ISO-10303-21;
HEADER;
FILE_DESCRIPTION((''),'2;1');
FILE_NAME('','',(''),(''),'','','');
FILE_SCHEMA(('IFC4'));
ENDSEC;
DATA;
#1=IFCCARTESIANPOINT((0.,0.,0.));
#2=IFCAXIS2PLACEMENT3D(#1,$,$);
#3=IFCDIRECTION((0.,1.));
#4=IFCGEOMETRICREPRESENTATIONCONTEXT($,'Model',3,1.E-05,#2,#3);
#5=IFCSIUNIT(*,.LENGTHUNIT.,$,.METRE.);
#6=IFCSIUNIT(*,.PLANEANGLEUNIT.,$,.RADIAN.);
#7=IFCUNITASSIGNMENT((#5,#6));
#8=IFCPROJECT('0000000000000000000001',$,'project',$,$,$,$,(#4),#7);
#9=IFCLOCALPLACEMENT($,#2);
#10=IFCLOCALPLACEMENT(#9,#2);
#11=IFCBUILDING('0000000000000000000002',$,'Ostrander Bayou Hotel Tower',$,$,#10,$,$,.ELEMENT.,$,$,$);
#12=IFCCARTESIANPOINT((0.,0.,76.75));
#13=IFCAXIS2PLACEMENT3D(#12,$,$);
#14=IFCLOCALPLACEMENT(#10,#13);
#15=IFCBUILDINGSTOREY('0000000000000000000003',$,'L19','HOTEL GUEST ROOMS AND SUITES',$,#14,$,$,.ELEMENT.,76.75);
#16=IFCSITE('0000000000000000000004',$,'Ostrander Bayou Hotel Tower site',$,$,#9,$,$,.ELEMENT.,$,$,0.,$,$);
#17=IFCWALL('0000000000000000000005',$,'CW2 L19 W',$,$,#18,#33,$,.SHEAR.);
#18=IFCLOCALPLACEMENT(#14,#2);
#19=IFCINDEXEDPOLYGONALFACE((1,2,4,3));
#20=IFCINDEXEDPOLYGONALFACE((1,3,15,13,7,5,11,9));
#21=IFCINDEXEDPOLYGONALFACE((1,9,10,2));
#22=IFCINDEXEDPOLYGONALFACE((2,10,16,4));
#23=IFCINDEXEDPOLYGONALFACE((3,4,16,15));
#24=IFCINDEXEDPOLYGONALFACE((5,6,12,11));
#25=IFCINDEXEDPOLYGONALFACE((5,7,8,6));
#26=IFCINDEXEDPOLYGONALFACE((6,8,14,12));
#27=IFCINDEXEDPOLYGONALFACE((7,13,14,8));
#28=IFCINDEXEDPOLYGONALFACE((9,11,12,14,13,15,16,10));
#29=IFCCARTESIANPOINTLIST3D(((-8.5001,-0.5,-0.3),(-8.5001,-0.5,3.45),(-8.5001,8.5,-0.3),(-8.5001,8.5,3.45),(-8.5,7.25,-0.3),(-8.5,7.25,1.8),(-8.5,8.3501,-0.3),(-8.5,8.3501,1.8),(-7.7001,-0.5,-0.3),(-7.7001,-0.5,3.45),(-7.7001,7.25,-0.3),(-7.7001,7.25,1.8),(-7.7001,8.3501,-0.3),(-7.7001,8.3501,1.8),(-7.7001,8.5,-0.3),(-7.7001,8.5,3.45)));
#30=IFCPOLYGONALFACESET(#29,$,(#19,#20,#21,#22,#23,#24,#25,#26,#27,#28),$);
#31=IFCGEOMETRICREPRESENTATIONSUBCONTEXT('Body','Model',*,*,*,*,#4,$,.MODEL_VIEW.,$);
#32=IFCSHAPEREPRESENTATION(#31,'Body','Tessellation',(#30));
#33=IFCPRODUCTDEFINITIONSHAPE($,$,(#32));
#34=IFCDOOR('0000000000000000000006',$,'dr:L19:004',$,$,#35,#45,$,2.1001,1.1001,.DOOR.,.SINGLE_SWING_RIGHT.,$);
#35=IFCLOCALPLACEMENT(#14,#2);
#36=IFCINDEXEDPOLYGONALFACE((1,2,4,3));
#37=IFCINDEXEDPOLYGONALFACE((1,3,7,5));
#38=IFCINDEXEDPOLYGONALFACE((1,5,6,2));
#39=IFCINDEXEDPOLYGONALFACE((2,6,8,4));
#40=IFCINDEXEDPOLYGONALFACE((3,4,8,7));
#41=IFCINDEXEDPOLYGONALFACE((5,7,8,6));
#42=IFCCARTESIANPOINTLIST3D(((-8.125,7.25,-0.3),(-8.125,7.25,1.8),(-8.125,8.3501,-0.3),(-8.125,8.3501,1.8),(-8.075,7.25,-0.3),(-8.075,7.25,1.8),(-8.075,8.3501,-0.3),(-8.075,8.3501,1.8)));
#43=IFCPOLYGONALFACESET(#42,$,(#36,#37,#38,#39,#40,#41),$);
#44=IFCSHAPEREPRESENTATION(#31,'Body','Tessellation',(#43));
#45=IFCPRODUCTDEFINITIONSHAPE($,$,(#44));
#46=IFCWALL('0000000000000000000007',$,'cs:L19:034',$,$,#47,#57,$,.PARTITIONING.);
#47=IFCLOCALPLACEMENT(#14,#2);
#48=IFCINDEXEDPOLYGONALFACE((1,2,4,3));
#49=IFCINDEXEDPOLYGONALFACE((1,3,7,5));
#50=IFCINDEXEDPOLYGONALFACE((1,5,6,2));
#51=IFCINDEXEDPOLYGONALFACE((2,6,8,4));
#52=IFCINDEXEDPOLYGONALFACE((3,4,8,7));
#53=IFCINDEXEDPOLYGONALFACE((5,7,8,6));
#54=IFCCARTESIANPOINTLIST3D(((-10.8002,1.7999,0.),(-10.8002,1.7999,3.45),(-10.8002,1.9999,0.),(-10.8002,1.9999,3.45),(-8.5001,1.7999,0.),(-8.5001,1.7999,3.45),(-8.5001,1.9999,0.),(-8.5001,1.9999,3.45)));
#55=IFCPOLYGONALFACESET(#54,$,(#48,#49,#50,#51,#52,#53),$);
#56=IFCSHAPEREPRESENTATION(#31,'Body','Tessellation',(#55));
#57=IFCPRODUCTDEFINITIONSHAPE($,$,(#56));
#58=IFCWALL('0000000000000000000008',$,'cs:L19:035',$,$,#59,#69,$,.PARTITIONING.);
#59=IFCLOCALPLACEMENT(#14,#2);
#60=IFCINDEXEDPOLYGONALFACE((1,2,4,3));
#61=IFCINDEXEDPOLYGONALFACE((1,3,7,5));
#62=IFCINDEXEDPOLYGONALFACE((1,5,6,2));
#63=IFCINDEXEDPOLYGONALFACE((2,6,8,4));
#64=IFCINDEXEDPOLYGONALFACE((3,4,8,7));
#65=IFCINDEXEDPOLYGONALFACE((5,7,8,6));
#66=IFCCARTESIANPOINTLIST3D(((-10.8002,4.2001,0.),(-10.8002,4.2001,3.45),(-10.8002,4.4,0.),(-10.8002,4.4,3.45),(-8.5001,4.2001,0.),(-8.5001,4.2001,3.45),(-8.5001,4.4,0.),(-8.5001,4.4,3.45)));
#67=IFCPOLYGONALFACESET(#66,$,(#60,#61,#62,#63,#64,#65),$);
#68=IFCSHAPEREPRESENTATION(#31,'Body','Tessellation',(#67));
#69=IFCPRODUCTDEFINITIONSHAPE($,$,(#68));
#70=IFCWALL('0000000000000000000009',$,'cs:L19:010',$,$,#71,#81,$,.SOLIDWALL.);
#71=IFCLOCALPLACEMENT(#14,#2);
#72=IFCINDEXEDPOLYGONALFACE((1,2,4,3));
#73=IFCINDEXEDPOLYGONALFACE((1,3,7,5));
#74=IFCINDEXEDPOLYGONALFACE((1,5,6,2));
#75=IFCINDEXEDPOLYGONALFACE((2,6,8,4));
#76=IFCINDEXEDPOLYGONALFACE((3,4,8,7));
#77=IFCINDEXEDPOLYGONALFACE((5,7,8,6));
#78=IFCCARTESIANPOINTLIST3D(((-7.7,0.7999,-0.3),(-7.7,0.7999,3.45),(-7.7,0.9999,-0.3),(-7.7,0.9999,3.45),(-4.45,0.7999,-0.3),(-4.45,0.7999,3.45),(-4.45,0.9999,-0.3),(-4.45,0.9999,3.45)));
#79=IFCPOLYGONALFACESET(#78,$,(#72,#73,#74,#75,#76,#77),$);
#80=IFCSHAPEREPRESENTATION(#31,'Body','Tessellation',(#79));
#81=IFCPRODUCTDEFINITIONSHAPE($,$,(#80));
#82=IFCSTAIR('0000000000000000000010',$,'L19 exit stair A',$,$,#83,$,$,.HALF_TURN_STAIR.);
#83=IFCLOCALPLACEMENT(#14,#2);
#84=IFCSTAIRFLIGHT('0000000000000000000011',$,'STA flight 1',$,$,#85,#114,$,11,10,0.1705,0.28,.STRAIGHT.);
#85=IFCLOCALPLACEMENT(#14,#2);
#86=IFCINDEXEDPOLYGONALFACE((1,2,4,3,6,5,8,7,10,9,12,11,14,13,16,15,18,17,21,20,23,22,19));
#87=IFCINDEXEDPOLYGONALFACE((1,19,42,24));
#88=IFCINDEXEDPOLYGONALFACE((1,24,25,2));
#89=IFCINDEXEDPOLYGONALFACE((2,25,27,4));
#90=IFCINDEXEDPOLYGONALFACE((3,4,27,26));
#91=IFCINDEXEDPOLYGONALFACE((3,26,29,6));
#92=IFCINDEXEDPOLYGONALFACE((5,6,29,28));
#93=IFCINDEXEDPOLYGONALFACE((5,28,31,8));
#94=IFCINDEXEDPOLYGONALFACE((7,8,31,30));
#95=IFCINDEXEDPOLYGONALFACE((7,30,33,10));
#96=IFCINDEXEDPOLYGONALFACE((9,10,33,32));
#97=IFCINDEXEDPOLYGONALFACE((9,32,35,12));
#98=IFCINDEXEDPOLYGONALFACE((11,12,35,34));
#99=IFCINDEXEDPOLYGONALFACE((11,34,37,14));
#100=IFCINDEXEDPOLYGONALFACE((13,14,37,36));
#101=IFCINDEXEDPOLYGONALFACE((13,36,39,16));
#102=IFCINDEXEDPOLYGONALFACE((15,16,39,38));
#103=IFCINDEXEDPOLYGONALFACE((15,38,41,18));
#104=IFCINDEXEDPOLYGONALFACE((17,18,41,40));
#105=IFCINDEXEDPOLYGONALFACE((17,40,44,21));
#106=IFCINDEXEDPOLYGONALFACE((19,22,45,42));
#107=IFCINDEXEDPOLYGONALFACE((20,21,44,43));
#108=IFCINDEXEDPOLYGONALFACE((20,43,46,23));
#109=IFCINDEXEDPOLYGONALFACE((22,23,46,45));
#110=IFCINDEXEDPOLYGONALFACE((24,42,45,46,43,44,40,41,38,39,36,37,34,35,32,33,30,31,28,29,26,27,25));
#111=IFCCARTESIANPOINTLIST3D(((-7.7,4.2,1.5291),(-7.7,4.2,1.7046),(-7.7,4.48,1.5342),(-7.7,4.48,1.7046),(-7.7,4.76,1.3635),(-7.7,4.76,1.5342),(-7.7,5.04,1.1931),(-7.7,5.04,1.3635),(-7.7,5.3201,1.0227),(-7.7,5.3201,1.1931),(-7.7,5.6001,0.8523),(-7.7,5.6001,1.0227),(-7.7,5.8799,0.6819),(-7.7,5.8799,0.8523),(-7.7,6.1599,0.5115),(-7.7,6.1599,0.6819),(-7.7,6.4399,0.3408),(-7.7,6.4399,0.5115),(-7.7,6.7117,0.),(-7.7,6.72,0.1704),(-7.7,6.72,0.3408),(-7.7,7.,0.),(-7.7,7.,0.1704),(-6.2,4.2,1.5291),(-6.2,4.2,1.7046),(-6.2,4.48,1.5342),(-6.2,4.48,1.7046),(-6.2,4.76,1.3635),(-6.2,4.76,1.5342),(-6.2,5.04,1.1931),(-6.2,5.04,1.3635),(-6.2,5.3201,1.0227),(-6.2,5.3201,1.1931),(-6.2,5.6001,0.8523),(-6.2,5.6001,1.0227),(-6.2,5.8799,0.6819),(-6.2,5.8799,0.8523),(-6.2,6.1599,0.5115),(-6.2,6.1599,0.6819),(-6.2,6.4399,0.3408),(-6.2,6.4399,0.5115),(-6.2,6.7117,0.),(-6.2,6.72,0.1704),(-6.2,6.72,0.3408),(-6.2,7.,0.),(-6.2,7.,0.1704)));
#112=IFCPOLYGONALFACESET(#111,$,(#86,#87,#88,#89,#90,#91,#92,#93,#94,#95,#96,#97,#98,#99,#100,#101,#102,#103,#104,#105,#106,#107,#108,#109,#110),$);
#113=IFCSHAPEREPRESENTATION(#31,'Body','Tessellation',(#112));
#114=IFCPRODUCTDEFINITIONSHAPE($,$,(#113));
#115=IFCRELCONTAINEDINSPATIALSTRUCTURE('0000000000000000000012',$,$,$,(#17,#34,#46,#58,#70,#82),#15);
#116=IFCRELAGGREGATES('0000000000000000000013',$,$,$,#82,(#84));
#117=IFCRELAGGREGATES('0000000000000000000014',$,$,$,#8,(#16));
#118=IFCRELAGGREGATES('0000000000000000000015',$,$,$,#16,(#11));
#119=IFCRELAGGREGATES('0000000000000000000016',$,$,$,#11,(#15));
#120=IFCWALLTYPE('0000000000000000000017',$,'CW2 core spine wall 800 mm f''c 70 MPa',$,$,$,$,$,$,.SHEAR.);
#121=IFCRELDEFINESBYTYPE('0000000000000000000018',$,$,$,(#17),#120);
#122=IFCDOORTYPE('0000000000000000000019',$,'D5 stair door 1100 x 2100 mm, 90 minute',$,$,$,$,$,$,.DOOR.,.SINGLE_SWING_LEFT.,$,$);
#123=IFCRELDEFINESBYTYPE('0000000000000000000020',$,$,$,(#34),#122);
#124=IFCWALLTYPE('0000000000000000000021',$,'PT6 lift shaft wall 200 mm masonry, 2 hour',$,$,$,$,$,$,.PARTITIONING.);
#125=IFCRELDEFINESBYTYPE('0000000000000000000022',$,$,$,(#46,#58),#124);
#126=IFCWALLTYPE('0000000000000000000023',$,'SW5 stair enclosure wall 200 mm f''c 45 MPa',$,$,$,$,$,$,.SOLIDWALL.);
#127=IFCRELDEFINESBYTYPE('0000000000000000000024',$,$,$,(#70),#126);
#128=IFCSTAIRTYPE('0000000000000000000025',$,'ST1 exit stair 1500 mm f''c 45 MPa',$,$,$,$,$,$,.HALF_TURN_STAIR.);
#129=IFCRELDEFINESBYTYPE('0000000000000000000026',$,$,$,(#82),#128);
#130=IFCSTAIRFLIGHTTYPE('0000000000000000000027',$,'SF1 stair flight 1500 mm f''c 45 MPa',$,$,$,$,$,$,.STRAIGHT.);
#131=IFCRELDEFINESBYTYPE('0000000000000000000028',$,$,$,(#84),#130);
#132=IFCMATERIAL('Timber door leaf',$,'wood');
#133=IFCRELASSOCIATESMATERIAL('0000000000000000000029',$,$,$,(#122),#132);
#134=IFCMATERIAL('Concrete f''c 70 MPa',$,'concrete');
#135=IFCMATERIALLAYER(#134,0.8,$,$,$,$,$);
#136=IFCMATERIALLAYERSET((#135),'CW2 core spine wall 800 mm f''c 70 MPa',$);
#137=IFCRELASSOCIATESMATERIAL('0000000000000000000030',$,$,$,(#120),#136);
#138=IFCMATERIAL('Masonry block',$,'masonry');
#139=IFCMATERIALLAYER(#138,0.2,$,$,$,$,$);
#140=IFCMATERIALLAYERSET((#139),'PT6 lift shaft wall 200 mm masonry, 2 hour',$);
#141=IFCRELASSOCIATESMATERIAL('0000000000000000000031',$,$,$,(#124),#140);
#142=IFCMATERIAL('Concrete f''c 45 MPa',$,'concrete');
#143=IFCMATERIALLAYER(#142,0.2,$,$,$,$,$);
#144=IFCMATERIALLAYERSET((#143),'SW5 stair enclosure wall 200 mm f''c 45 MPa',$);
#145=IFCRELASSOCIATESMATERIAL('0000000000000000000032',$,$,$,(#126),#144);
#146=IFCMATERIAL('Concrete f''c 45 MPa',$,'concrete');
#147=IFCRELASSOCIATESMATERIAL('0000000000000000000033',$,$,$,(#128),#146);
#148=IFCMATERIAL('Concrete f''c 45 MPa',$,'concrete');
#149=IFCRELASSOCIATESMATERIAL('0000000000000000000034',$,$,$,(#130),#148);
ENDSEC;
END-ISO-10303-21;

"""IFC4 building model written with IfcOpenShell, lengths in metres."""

from ifc_helpers import new_model, si_unit, direction, frame, frame_2d, origin, place, context, subcontext, project, spatial, polyline, rectangle, outline, extrude, material, layer, layer_set, type_object, element, fill, aggregate, save


model = new_model("IFC4")

# Units and contexts
model_context = context("Model", 3, precision=1e-05, world=origin(), true_north=direction((0.0, 1.0)))
body_context = subcontext(model_context, "Body", "Model", "MODEL_VIEW")
ifc_project = project(units=[si_unit("LENGTHUNIT", "METRE"), si_unit("PLANEANGLEUNIT", "RADIAN")], contexts=[model_context])

# Site, building, storey
site_placement = place(None, origin())
site = spatial("IfcSite", under=ifc_project, at=site_placement, Name="Ostrander Bayou Hotel Tower site", CompositionType="ELEMENT", RefElevation=0.0)
building_placement = place(site_placement, origin())
building = spatial("IfcBuilding", under=site, at=building_placement, Name="Ostrander Bayou Hotel Tower", CompositionType="ELEMENT")
storey_placement = place(building_placement, frame((0.0, 0.0, 76.75)))
storey = spatial("IfcBuildingStorey", under=building, at=storey_placement, Name="L19", Description="HOTEL GUEST ROOMS AND SUITES", CompositionType="ELEMENT", Elevation=76.75)

# Shared definitions
ifc_material_1 = material(Name="Timber door leaf", Category="wood")
door_type_1 = type_object("IfcDoorType", Name="D5 stair door 1100 x 2100 mm, 90 minute", OperationType="SINGLE_SWING_LEFT", PredefinedType="DOOR", material=ifc_material_1)

# Wall, opening, door
ifc_material_2 = material(Name="Concrete f'c 70 MPa", Category="concrete")
ifc_layer_1 = layer(ifc_material_2, 0.8)
ifc_layer_set_1 = layer_set([ifc_layer_1], Name="CW2 core spine wall 800 mm f'c 70 MPa")
wall_type_1 = type_object("IfcWallType", Name="CW2 core spine wall 800 mm f'c 70 MPa", PredefinedType="SHEAR", material=ifc_layer_set_1)
wall_1_placement = place(storey_placement, frame((-8.1001, -0.5, -0.3), z_axis=(0.0, 0.0, 1.0), x_axis=(0.0, 1.0, 0.0)))
wall_1 = element("IfcWall", 1, at=wall_1_placement, inside=storey, type_object=wall_type_1, Name="CW2 L19 W", PredefinedType="SHEAR", context=body_context, shape_type="SweptSolid", body=[
    extrude(rectangle(XDim=9.0, YDim=0.8, at=frame_2d((4.5, 0.0))), origin(), (0.0, 0.0, 1.0), 3.75),
])
opening_1_placement = place(wall_1_placement, frame((7.75, 0.0, 0.0)))
opening_1 = element("IfcOpeningElement", 2, at=opening_1_placement, cuts=wall_1, PredefinedType="OPENING", context=body_context, shape_type="SweptSolid", body=[
    extrude(rectangle(XDim=1.1001, YDim=2.1001, at=frame_2d((0.55, 1.05))), frame((0.0, 0.3999, 0.0), z_axis=(0.0, -1.0, 0.0), x_axis=(1.0, 0.0, 0.0)), (0.0, 0.0, 1.0), 0.8),
])
door_1_placement = place(opening_1_placement, origin())
door_1 = element("IfcDoor", 3, at=door_1_placement, inside=storey, type_object=door_type_1, Name="dr:L19:004", OperationType="SINGLE_SWING_RIGHT", OverallHeight=2.1001, OverallWidth=1.1001, PredefinedType="DOOR", context=body_context, shape_type="SweptSolid", body=[
    extrude(rectangle(XDim=1.1001, YDim=2.1001, at=frame_2d((0.55, 1.05))), frame((0.0, 0.0249, 0.0), z_axis=(0.0, -1.0, 0.0), x_axis=(1.0, 0.0, 0.0)), (0.0, 0.0, 1.0), 0.05),
])
fill(opening_1, door_1)

# Walls
ifc_material_3 = material(Name="Masonry block", Category="masonry")
ifc_layer_2 = layer(ifc_material_3, 0.2)
ifc_layer_set_2 = layer_set([ifc_layer_2], Name="PT6 lift shaft wall 200 mm masonry, 2 hour")
wall_type_2 = type_object("IfcWallType", Name="PT6 lift shaft wall 200 mm masonry, 2 hour", PredefinedType="PARTITIONING", material=ifc_layer_set_2)
for number, where, z_axis, x_axis, name in (
    (4, (-10.8, 1.8999, 0.0), (0.0, 0.0, 1.0), (1.0, 0.0, 0.0), "cs:L19:034"),
    (5, (-10.8, 4.3, 0.0), (0.0, 0.0, 1.0), (1.0, 0.0, 0.0), "cs:L19:035"),
):
    element("IfcWall", number, at=place(storey_placement, frame(where, z_axis=z_axis, x_axis=x_axis)), inside=storey, type_object=wall_type_2, Name=name, PredefinedType="PARTITIONING", context=body_context, shape_type="SweptSolid", body=[
        extrude(rectangle(XDim=2.3, YDim=0.2, at=frame_2d((1.1499, 0.0))), origin(), (0.0, 0.0, 1.0), 3.45),
    ])
ifc_material_4 = material(Name="Concrete f'c 45 MPa", Category="concrete")
ifc_layer_3 = layer(ifc_material_4, 0.2)
ifc_layer_set_3 = layer_set([ifc_layer_3], Name="SW5 stair enclosure wall 200 mm f'c 45 MPa")
wall_type_3 = type_object("IfcWallType", Name="SW5 stair enclosure wall 200 mm f'c 45 MPa", PredefinedType="SOLIDWALL", material=ifc_layer_set_3)
wall_2_placement = place(storey_placement, frame((-7.7, 0.8999, -0.3), z_axis=(0.0, 0.0, 1.0), x_axis=(1.0, 0.0, 0.0)))
element("IfcWall", 6, at=wall_2_placement, inside=storey, type_object=wall_type_3, Name="cs:L19:010", PredefinedType="SOLIDWALL", context=body_context, shape_type="SweptSolid", body=[
    extrude(rectangle(XDim=3.25, YDim=0.2, at=frame_2d((1.625, 0.0))), origin(), (0.0, 0.0, 1.0), 3.75),
])

# Stair, stair flight
ifc_material_5 = material(Name="Concrete f'c 45 MPa", Category="concrete")
stair_type = type_object("IfcStairType", Name="ST1 exit stair 1500 mm f'c 45 MPa", PredefinedType="HALF_TURN_STAIR", material=ifc_material_5)
stair_placement = place(storey_placement, origin())
stair = element("IfcStair", 7, at=stair_placement, inside=storey, type_object=stair_type, Name="L19 exit stair A", PredefinedType="HALF_TURN_STAIR")
ifc_material_6 = material(Name="Concrete f'c 45 MPa", Category="concrete")
stair_flight_type = type_object("IfcStairFlightType", Name="SF1 stair flight 1500 mm f'c 45 MPa", PredefinedType="STRAIGHT", material=ifc_material_6)
stair_flight_placement = place(storey_placement, frame((-6.95, 7.0, 0.0), z_axis=(0.0, 0.0, 1.0), x_axis=(0.0, -1.0, 0.0)))
stair_flight = element("IfcStairFlight", 8, at=stair_flight_placement, type_object=stair_flight_type, Name="STA flight 1", NumberOfRisers=11, NumberOfTreads=10, PredefinedType="STRAIGHT", RiserHeight=0.1705, TreadLength=0.28, context=body_context, shape_type="SweptSolid", body=[
    extrude(outline(polyline([(0.0, 0.0), (0.0, 0.1704), (0.28, 0.1704), (0.28, 0.3408), (0.5601, 0.3408), (0.5601, 0.5115), (0.8401, 0.5115), (0.8401, 0.6819), (1.1201, 0.6819), (1.1201, 0.8523), (1.3999, 0.8523), (1.3999, 1.0227), (1.6799, 1.0227), (1.6799, 1.1931), (1.96, 1.1931), (1.96, 1.3635), (2.24, 1.3635), (2.24, 1.5342), (2.52, 1.5342), (2.52, 1.7046), (2.8, 1.7046), (2.8, 1.875), (2.8, 1.5291), (0.2883, 0.0), (0.0, 0.0)])), frame((0.0, 0.75, 0.0), z_axis=(0.0, -1.0, 0.0), x_axis=(1.0, 0.0, 0.0)), (0.0, 0.0, 1.0), 1.5),
])
aggregate(stair, [stair_flight])

save(model, "model.ifc")
